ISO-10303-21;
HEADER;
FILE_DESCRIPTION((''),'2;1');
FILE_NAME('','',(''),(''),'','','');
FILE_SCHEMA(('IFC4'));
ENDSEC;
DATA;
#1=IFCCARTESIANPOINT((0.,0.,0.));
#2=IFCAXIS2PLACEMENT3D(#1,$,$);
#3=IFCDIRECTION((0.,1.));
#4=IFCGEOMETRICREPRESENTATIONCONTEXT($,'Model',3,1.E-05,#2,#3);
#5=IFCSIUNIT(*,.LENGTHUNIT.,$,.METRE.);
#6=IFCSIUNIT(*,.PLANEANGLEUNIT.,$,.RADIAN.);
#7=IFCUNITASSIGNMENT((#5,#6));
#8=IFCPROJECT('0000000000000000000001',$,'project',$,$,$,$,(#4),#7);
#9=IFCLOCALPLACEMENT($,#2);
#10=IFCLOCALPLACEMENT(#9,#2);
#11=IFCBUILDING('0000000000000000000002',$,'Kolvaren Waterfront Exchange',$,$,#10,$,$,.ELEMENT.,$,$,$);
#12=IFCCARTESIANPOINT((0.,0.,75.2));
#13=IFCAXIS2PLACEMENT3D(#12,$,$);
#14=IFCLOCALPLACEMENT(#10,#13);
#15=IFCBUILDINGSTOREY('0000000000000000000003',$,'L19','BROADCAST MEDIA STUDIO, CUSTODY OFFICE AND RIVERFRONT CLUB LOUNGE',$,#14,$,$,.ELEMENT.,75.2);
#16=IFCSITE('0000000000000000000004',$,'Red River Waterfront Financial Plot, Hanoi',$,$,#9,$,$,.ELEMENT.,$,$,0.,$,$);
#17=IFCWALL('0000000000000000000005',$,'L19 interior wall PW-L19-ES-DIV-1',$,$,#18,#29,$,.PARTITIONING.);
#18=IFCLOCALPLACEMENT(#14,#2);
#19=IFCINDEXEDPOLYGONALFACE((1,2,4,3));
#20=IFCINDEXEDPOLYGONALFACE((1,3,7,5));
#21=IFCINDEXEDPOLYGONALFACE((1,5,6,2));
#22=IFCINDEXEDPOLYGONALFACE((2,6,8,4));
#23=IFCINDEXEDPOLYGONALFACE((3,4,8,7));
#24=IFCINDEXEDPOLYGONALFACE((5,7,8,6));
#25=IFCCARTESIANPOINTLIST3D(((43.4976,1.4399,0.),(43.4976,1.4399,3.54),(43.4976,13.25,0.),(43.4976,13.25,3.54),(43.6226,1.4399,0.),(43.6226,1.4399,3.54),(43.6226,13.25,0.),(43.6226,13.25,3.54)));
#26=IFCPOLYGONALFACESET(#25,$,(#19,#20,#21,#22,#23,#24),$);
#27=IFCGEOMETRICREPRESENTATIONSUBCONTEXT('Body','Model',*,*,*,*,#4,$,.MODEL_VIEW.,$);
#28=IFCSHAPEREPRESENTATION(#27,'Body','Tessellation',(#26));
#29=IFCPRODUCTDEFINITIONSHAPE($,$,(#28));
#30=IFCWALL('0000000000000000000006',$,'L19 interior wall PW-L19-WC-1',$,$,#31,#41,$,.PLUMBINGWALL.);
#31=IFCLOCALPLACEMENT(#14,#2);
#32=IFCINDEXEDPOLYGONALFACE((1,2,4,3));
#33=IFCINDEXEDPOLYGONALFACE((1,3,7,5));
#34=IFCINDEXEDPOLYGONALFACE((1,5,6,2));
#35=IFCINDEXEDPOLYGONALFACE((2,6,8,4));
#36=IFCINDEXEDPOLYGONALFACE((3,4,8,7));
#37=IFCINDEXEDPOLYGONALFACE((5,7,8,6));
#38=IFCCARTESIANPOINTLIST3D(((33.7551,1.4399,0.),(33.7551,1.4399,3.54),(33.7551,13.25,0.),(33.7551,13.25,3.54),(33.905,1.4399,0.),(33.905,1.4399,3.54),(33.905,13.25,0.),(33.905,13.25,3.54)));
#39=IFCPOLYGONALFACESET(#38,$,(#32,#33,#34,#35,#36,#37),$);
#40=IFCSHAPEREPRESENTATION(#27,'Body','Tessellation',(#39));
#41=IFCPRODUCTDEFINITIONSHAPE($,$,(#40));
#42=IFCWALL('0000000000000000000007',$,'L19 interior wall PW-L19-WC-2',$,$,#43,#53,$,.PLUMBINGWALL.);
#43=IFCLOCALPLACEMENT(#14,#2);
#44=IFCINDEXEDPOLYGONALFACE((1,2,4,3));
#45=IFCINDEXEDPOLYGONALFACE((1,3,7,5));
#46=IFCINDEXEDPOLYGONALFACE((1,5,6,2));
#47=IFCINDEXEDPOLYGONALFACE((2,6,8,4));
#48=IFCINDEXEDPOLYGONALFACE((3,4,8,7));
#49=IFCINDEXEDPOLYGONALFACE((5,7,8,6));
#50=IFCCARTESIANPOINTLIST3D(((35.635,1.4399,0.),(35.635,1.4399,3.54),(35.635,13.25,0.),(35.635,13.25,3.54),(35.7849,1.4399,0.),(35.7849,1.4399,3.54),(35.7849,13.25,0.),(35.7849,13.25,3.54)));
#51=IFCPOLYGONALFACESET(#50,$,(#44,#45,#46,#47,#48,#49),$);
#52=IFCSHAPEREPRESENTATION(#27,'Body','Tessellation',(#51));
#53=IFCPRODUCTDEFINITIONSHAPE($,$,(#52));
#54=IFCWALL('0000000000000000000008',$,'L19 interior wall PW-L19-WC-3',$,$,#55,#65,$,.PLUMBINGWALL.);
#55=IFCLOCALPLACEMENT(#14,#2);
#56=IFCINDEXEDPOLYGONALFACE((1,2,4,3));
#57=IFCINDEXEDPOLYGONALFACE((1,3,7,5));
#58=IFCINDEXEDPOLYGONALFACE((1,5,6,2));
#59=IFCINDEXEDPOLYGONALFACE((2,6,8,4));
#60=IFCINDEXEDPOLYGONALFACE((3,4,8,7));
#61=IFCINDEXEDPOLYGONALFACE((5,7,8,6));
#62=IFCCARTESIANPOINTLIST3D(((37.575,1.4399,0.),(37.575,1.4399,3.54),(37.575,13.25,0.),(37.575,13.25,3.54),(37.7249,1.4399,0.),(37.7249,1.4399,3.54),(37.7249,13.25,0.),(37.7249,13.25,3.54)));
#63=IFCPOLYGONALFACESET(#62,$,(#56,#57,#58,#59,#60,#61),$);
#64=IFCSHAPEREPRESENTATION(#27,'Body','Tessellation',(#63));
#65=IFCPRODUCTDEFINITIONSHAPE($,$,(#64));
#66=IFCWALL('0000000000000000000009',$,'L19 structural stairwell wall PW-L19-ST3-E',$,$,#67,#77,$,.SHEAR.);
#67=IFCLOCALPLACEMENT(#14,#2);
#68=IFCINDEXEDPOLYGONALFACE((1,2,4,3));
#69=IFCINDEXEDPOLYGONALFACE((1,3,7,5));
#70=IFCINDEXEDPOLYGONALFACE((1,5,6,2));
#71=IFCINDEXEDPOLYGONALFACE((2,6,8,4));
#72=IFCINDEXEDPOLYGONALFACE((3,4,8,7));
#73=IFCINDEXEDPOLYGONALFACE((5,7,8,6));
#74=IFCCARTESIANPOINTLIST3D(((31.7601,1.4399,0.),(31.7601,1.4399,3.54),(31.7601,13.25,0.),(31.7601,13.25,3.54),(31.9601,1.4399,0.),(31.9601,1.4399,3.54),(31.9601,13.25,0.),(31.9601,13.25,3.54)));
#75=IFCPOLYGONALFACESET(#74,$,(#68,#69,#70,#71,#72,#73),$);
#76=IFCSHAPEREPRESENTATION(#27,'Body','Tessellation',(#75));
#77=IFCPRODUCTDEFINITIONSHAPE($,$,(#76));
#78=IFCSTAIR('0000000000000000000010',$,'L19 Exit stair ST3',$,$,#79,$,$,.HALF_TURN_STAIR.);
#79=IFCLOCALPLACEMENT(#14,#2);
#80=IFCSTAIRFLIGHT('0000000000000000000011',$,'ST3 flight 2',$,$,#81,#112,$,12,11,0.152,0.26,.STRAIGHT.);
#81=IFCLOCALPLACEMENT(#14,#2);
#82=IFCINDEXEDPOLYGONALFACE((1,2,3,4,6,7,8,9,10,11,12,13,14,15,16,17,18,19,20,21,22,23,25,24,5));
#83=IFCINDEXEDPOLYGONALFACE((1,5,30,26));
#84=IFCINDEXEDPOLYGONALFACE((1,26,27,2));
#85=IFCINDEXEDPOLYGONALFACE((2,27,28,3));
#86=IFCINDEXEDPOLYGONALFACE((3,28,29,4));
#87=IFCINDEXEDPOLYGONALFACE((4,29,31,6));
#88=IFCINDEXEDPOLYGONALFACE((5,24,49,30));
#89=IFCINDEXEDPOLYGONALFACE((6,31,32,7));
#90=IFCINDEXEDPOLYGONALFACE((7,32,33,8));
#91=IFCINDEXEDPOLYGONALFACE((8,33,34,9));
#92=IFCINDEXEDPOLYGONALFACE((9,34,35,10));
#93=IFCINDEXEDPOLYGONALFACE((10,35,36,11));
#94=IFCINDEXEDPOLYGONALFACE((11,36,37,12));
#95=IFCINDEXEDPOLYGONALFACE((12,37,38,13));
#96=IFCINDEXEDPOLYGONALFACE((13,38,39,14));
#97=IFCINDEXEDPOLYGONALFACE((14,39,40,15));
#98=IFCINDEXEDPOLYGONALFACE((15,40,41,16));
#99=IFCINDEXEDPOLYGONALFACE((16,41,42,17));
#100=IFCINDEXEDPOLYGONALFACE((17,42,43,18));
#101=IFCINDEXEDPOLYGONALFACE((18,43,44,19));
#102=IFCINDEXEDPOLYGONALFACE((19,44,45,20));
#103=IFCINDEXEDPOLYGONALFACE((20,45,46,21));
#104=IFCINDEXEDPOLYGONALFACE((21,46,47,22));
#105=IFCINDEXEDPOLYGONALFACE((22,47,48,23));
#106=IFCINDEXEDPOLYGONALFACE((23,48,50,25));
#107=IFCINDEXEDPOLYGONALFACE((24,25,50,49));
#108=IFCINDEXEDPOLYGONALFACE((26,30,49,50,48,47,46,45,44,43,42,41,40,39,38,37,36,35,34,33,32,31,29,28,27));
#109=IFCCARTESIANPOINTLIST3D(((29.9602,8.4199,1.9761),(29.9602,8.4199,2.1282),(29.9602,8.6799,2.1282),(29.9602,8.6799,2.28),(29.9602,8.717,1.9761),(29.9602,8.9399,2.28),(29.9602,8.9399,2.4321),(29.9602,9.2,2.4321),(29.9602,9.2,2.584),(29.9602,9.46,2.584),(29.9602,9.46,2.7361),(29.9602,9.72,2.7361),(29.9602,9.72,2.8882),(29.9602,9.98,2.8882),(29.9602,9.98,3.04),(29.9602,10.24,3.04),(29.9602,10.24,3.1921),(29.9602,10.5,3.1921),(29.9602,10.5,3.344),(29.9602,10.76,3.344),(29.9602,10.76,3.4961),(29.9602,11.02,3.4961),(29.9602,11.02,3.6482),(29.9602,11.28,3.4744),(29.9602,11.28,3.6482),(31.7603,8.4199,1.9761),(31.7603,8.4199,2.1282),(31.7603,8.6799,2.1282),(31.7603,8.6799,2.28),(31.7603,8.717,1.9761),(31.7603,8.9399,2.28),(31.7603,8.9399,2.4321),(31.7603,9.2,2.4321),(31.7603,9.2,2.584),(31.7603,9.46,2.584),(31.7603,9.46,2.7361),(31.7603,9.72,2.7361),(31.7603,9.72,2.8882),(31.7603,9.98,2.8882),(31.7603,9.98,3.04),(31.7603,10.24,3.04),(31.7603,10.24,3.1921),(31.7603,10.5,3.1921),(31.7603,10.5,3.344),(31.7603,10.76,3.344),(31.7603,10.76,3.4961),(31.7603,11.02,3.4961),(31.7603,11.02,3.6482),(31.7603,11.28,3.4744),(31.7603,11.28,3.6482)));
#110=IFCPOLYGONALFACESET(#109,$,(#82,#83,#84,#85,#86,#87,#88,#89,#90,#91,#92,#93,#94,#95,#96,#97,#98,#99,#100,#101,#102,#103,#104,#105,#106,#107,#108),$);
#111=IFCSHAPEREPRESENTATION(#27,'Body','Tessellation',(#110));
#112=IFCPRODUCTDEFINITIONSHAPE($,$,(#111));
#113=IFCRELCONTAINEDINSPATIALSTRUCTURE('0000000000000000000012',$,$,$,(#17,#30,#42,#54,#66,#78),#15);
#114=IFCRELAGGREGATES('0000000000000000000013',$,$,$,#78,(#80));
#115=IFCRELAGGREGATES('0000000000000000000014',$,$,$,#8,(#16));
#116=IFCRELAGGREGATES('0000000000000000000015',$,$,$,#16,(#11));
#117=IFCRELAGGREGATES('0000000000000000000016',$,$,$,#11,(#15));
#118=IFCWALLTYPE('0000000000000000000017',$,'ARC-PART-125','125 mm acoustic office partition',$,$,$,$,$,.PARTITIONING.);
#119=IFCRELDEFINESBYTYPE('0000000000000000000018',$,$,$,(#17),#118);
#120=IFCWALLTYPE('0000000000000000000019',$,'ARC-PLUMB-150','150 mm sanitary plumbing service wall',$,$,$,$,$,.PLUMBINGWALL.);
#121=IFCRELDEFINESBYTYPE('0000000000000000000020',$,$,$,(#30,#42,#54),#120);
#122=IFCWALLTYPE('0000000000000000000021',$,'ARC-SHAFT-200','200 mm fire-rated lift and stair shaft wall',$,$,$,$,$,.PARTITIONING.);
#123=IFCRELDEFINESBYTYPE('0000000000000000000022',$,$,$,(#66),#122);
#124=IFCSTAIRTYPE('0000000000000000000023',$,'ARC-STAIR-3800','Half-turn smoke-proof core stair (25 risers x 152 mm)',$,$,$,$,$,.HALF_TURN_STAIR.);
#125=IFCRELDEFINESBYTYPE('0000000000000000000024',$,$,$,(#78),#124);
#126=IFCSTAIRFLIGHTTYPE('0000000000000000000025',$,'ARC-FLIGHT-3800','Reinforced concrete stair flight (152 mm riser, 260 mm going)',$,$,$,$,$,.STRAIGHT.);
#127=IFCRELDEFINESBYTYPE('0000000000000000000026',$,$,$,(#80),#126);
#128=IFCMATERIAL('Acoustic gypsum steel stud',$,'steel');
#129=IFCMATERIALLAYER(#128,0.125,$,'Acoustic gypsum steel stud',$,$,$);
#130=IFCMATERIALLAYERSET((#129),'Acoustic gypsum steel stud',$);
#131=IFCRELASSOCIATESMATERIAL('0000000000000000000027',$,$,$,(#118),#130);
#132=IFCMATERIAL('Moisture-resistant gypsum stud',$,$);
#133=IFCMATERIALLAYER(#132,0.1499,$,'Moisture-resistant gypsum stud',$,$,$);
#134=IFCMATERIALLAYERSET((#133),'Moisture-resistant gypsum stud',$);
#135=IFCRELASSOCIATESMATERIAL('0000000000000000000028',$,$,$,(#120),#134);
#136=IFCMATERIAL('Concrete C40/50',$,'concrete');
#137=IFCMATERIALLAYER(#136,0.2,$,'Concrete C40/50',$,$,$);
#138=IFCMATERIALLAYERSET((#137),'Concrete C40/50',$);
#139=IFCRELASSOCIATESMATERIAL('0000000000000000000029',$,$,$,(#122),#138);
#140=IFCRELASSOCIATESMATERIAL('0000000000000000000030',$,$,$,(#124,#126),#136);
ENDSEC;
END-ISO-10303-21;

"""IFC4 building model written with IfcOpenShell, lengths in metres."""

from ifc_helpers import new_model, si_unit, direction, frame, frame_2d, origin, place, context, subcontext, project, spatial, polyline, rectangle, outline, extrude, material, layer, layer_set, type_object, element, aggregate, save


model = new_model("IFC4")

# Units and contexts
model_context = context("Model", 3, precision=1e-05, world=origin(), true_north=direction((0.0, 1.0)))
body_context = subcontext(model_context, "Body", "Model", "MODEL_VIEW")
ifc_project = project(units=[si_unit("LENGTHUNIT", "METRE"), si_unit("PLANEANGLEUNIT", "RADIAN")], contexts=[model_context])

# Site, building, storey
site_placement = place(None, origin())
site = spatial("IfcSite", under=ifc_project, at=site_placement, Name="Red River Waterfront Financial Plot, Hanoi", CompositionType="ELEMENT", RefElevation=0.0)
building_placement = place(site_placement, origin())
building = spatial("IfcBuilding", under=site, at=building_placement, Name="Kolvaren Waterfront Exchange", CompositionType="ELEMENT")
storey_placement = place(building_placement, frame((0.0, 0.0, 75.2)))
storey = spatial("IfcBuildingStorey", under=building, at=storey_placement, Name="L19", Description="BROADCAST MEDIA STUDIO, CUSTODY OFFICE AND RIVERFRONT CLUB LOUNGE", CompositionType="ELEMENT", Elevation=75.2)

# Walls
ifc_material_1 = material(Name="Acoustic gypsum steel stud", Category="steel")
ifc_layer_1 = layer(ifc_material_1, 0.125, Name="Acoustic gypsum steel stud")
ifc_layer_set_1 = layer_set([ifc_layer_1], Name="Acoustic gypsum steel stud")
wall_type_1 = type_object("IfcWallType", Name="ARC-PART-125", Description="125 mm acoustic office partition", PredefinedType="PARTITIONING", material=ifc_layer_set_1)
wall_1_placement = place(storey_placement, frame((43.5601, 1.4399, 0.0), z_axis=(0.0, 0.0, 1.0), x_axis=(0.0, 1.0, 0.0)))
element("IfcWall", 1, at=wall_1_placement, inside=storey, type_object=wall_type_1, Name="L19 interior wall PW-L19-ES-DIV-1", PredefinedType="PARTITIONING", context=body_context, shape_type="SweptSolid", body=[
    extrude(rectangle(XDim=11.8101, YDim=0.125, at=frame_2d((5.905, 0.0))), origin(), (0.0, 0.0, 1.0), 3.54),
])
ifc_material_2 = material(Name="Moisture-resistant gypsum stud")
ifc_layer_2 = layer(ifc_material_2, 0.1499, Name="Moisture-resistant gypsum stud")
ifc_layer_set_2 = layer_set([ifc_layer_2], Name="Moisture-resistant gypsum stud")
wall_type_2 = type_object("IfcWallType", Name="ARC-PLUMB-150", Description="150 mm sanitary plumbing service wall", PredefinedType="PLUMBINGWALL", material=ifc_layer_set_2)
for number, where, z_axis, x_axis, name in (
    (2, (33.8301, 1.4399, 0.0), (0.0, 0.0, 1.0), (0.0, 1.0, 0.0), "L19 interior wall PW-L19-WC-1"),
    (3, (35.71, 1.4399, 0.0), (0.0, 0.0, 1.0), (0.0, 1.0, 0.0), "L19 interior wall PW-L19-WC-2"),
    (4, (37.6499, 1.4399, 0.0), (0.0, 0.0, 1.0), (0.0, 1.0, 0.0), "L19 interior wall PW-L19-WC-3"),
):
    element("IfcWall", number, at=place(storey_placement, frame(where, z_axis=z_axis, x_axis=x_axis)), inside=storey, type_object=wall_type_2, Name=name, PredefinedType="PLUMBINGWALL", context=body_context, shape_type="SweptSolid", body=[
        extrude(rectangle(XDim=11.8101, YDim=0.1499, at=frame_2d((5.905, 0.0))), origin(), (0.0, 0.0, 1.0), 3.54),
    ])
ifc_material_3 = material(Name="Concrete C40/50", Category="concrete")
ifc_layer_3 = layer(ifc_material_3, 0.2, Name="Concrete C40/50")
ifc_layer_set_3 = layer_set([ifc_layer_3], Name="Concrete C40/50")
wall_type_3 = type_object("IfcWallType", Name="ARC-SHAFT-200", Description="200 mm fire-rated lift and stair shaft wall", PredefinedType="PARTITIONING", material=ifc_layer_set_3)
wall_2_placement = place(storey_placement, frame((31.8601, 1.4399, 0.0), z_axis=(0.0, 0.0, 1.0), x_axis=(0.0, 1.0, 0.0)))
element("IfcWall", 5, at=wall_2_placement, inside=storey, type_object=wall_type_3, Name="L19 structural stairwell wall PW-L19-ST3-E", PredefinedType="SHEAR", context=body_context, shape_type="SweptSolid", body=[
    extrude(rectangle(XDim=11.8101, YDim=0.2, at=frame_2d((5.905, 0.0))), origin(), (0.0, 0.0, 1.0), 3.54),
])

# Stair, stair flight
stair_type = type_object("IfcStairType", Name="ARC-STAIR-3800", Description="Half-turn smoke-proof core stair (25 risers x 152 mm)", PredefinedType="HALF_TURN_STAIR", material=ifc_material_3)
stair_placement = place(storey_placement, origin())
stair = element("IfcStair", 6, at=stair_placement, inside=storey, type_object=stair_type, Name="L19 Exit stair ST3", PredefinedType="HALF_TURN_STAIR")
stair_flight_type = type_object("IfcStairFlightType", Name="ARC-FLIGHT-3800", Description="Reinforced concrete stair flight (152 mm riser, 260 mm going)", PredefinedType="STRAIGHT", material=ifc_material_3)
stair_flight_placement = place(storey_placement, frame((30.8601, 8.4199, 1.9761), z_axis=(0.0, 0.0, 1.0), x_axis=(0.0, 1.0, 0.0)))
stair_flight = element("IfcStairFlight", 7, at=stair_flight_placement, type_object=stair_flight_type, Name="ST3 flight 2", NumberOfRisers=12, NumberOfTreads=11, PredefinedType="STRAIGHT", RiserHeight=0.152, TreadLength=0.26, context=body_context, shape_type="SweptSolid", body=[
    extrude(outline(polyline([(0.0, 0.0), (0.0, 0.1521), (0.26, 0.1521), (0.26, 0.304), (0.52, 0.304), (0.52, 0.4561), (0.78, 0.4561), (0.78, 0.6079), (1.04, 0.6079), (1.04, 0.76), (1.3, 0.76), (1.3, 0.9121), (1.5601, 0.9121), (1.5601, 1.064), (1.8201, 1.064), (1.8201, 1.2161), (2.0801, 1.2161), (2.0801, 1.3679), (2.3401, 1.3679), (2.3401, 1.52), (2.6001, 1.52), (2.6001, 1.6721), (2.8601, 1.6721), (2.8601, 1.824), (2.8601, 1.4983), (0.2971, 0.0), (0.0, 0.0)])), frame((0.0, 0.8999, 0.0), z_axis=(0.0, -1.0, 0.0), x_axis=(1.0, 0.0, 0.0)), (0.0, 0.0, 1.0), 1.8),
])
aggregate(stair, [stair_flight])

save(model, "model.ifc")
